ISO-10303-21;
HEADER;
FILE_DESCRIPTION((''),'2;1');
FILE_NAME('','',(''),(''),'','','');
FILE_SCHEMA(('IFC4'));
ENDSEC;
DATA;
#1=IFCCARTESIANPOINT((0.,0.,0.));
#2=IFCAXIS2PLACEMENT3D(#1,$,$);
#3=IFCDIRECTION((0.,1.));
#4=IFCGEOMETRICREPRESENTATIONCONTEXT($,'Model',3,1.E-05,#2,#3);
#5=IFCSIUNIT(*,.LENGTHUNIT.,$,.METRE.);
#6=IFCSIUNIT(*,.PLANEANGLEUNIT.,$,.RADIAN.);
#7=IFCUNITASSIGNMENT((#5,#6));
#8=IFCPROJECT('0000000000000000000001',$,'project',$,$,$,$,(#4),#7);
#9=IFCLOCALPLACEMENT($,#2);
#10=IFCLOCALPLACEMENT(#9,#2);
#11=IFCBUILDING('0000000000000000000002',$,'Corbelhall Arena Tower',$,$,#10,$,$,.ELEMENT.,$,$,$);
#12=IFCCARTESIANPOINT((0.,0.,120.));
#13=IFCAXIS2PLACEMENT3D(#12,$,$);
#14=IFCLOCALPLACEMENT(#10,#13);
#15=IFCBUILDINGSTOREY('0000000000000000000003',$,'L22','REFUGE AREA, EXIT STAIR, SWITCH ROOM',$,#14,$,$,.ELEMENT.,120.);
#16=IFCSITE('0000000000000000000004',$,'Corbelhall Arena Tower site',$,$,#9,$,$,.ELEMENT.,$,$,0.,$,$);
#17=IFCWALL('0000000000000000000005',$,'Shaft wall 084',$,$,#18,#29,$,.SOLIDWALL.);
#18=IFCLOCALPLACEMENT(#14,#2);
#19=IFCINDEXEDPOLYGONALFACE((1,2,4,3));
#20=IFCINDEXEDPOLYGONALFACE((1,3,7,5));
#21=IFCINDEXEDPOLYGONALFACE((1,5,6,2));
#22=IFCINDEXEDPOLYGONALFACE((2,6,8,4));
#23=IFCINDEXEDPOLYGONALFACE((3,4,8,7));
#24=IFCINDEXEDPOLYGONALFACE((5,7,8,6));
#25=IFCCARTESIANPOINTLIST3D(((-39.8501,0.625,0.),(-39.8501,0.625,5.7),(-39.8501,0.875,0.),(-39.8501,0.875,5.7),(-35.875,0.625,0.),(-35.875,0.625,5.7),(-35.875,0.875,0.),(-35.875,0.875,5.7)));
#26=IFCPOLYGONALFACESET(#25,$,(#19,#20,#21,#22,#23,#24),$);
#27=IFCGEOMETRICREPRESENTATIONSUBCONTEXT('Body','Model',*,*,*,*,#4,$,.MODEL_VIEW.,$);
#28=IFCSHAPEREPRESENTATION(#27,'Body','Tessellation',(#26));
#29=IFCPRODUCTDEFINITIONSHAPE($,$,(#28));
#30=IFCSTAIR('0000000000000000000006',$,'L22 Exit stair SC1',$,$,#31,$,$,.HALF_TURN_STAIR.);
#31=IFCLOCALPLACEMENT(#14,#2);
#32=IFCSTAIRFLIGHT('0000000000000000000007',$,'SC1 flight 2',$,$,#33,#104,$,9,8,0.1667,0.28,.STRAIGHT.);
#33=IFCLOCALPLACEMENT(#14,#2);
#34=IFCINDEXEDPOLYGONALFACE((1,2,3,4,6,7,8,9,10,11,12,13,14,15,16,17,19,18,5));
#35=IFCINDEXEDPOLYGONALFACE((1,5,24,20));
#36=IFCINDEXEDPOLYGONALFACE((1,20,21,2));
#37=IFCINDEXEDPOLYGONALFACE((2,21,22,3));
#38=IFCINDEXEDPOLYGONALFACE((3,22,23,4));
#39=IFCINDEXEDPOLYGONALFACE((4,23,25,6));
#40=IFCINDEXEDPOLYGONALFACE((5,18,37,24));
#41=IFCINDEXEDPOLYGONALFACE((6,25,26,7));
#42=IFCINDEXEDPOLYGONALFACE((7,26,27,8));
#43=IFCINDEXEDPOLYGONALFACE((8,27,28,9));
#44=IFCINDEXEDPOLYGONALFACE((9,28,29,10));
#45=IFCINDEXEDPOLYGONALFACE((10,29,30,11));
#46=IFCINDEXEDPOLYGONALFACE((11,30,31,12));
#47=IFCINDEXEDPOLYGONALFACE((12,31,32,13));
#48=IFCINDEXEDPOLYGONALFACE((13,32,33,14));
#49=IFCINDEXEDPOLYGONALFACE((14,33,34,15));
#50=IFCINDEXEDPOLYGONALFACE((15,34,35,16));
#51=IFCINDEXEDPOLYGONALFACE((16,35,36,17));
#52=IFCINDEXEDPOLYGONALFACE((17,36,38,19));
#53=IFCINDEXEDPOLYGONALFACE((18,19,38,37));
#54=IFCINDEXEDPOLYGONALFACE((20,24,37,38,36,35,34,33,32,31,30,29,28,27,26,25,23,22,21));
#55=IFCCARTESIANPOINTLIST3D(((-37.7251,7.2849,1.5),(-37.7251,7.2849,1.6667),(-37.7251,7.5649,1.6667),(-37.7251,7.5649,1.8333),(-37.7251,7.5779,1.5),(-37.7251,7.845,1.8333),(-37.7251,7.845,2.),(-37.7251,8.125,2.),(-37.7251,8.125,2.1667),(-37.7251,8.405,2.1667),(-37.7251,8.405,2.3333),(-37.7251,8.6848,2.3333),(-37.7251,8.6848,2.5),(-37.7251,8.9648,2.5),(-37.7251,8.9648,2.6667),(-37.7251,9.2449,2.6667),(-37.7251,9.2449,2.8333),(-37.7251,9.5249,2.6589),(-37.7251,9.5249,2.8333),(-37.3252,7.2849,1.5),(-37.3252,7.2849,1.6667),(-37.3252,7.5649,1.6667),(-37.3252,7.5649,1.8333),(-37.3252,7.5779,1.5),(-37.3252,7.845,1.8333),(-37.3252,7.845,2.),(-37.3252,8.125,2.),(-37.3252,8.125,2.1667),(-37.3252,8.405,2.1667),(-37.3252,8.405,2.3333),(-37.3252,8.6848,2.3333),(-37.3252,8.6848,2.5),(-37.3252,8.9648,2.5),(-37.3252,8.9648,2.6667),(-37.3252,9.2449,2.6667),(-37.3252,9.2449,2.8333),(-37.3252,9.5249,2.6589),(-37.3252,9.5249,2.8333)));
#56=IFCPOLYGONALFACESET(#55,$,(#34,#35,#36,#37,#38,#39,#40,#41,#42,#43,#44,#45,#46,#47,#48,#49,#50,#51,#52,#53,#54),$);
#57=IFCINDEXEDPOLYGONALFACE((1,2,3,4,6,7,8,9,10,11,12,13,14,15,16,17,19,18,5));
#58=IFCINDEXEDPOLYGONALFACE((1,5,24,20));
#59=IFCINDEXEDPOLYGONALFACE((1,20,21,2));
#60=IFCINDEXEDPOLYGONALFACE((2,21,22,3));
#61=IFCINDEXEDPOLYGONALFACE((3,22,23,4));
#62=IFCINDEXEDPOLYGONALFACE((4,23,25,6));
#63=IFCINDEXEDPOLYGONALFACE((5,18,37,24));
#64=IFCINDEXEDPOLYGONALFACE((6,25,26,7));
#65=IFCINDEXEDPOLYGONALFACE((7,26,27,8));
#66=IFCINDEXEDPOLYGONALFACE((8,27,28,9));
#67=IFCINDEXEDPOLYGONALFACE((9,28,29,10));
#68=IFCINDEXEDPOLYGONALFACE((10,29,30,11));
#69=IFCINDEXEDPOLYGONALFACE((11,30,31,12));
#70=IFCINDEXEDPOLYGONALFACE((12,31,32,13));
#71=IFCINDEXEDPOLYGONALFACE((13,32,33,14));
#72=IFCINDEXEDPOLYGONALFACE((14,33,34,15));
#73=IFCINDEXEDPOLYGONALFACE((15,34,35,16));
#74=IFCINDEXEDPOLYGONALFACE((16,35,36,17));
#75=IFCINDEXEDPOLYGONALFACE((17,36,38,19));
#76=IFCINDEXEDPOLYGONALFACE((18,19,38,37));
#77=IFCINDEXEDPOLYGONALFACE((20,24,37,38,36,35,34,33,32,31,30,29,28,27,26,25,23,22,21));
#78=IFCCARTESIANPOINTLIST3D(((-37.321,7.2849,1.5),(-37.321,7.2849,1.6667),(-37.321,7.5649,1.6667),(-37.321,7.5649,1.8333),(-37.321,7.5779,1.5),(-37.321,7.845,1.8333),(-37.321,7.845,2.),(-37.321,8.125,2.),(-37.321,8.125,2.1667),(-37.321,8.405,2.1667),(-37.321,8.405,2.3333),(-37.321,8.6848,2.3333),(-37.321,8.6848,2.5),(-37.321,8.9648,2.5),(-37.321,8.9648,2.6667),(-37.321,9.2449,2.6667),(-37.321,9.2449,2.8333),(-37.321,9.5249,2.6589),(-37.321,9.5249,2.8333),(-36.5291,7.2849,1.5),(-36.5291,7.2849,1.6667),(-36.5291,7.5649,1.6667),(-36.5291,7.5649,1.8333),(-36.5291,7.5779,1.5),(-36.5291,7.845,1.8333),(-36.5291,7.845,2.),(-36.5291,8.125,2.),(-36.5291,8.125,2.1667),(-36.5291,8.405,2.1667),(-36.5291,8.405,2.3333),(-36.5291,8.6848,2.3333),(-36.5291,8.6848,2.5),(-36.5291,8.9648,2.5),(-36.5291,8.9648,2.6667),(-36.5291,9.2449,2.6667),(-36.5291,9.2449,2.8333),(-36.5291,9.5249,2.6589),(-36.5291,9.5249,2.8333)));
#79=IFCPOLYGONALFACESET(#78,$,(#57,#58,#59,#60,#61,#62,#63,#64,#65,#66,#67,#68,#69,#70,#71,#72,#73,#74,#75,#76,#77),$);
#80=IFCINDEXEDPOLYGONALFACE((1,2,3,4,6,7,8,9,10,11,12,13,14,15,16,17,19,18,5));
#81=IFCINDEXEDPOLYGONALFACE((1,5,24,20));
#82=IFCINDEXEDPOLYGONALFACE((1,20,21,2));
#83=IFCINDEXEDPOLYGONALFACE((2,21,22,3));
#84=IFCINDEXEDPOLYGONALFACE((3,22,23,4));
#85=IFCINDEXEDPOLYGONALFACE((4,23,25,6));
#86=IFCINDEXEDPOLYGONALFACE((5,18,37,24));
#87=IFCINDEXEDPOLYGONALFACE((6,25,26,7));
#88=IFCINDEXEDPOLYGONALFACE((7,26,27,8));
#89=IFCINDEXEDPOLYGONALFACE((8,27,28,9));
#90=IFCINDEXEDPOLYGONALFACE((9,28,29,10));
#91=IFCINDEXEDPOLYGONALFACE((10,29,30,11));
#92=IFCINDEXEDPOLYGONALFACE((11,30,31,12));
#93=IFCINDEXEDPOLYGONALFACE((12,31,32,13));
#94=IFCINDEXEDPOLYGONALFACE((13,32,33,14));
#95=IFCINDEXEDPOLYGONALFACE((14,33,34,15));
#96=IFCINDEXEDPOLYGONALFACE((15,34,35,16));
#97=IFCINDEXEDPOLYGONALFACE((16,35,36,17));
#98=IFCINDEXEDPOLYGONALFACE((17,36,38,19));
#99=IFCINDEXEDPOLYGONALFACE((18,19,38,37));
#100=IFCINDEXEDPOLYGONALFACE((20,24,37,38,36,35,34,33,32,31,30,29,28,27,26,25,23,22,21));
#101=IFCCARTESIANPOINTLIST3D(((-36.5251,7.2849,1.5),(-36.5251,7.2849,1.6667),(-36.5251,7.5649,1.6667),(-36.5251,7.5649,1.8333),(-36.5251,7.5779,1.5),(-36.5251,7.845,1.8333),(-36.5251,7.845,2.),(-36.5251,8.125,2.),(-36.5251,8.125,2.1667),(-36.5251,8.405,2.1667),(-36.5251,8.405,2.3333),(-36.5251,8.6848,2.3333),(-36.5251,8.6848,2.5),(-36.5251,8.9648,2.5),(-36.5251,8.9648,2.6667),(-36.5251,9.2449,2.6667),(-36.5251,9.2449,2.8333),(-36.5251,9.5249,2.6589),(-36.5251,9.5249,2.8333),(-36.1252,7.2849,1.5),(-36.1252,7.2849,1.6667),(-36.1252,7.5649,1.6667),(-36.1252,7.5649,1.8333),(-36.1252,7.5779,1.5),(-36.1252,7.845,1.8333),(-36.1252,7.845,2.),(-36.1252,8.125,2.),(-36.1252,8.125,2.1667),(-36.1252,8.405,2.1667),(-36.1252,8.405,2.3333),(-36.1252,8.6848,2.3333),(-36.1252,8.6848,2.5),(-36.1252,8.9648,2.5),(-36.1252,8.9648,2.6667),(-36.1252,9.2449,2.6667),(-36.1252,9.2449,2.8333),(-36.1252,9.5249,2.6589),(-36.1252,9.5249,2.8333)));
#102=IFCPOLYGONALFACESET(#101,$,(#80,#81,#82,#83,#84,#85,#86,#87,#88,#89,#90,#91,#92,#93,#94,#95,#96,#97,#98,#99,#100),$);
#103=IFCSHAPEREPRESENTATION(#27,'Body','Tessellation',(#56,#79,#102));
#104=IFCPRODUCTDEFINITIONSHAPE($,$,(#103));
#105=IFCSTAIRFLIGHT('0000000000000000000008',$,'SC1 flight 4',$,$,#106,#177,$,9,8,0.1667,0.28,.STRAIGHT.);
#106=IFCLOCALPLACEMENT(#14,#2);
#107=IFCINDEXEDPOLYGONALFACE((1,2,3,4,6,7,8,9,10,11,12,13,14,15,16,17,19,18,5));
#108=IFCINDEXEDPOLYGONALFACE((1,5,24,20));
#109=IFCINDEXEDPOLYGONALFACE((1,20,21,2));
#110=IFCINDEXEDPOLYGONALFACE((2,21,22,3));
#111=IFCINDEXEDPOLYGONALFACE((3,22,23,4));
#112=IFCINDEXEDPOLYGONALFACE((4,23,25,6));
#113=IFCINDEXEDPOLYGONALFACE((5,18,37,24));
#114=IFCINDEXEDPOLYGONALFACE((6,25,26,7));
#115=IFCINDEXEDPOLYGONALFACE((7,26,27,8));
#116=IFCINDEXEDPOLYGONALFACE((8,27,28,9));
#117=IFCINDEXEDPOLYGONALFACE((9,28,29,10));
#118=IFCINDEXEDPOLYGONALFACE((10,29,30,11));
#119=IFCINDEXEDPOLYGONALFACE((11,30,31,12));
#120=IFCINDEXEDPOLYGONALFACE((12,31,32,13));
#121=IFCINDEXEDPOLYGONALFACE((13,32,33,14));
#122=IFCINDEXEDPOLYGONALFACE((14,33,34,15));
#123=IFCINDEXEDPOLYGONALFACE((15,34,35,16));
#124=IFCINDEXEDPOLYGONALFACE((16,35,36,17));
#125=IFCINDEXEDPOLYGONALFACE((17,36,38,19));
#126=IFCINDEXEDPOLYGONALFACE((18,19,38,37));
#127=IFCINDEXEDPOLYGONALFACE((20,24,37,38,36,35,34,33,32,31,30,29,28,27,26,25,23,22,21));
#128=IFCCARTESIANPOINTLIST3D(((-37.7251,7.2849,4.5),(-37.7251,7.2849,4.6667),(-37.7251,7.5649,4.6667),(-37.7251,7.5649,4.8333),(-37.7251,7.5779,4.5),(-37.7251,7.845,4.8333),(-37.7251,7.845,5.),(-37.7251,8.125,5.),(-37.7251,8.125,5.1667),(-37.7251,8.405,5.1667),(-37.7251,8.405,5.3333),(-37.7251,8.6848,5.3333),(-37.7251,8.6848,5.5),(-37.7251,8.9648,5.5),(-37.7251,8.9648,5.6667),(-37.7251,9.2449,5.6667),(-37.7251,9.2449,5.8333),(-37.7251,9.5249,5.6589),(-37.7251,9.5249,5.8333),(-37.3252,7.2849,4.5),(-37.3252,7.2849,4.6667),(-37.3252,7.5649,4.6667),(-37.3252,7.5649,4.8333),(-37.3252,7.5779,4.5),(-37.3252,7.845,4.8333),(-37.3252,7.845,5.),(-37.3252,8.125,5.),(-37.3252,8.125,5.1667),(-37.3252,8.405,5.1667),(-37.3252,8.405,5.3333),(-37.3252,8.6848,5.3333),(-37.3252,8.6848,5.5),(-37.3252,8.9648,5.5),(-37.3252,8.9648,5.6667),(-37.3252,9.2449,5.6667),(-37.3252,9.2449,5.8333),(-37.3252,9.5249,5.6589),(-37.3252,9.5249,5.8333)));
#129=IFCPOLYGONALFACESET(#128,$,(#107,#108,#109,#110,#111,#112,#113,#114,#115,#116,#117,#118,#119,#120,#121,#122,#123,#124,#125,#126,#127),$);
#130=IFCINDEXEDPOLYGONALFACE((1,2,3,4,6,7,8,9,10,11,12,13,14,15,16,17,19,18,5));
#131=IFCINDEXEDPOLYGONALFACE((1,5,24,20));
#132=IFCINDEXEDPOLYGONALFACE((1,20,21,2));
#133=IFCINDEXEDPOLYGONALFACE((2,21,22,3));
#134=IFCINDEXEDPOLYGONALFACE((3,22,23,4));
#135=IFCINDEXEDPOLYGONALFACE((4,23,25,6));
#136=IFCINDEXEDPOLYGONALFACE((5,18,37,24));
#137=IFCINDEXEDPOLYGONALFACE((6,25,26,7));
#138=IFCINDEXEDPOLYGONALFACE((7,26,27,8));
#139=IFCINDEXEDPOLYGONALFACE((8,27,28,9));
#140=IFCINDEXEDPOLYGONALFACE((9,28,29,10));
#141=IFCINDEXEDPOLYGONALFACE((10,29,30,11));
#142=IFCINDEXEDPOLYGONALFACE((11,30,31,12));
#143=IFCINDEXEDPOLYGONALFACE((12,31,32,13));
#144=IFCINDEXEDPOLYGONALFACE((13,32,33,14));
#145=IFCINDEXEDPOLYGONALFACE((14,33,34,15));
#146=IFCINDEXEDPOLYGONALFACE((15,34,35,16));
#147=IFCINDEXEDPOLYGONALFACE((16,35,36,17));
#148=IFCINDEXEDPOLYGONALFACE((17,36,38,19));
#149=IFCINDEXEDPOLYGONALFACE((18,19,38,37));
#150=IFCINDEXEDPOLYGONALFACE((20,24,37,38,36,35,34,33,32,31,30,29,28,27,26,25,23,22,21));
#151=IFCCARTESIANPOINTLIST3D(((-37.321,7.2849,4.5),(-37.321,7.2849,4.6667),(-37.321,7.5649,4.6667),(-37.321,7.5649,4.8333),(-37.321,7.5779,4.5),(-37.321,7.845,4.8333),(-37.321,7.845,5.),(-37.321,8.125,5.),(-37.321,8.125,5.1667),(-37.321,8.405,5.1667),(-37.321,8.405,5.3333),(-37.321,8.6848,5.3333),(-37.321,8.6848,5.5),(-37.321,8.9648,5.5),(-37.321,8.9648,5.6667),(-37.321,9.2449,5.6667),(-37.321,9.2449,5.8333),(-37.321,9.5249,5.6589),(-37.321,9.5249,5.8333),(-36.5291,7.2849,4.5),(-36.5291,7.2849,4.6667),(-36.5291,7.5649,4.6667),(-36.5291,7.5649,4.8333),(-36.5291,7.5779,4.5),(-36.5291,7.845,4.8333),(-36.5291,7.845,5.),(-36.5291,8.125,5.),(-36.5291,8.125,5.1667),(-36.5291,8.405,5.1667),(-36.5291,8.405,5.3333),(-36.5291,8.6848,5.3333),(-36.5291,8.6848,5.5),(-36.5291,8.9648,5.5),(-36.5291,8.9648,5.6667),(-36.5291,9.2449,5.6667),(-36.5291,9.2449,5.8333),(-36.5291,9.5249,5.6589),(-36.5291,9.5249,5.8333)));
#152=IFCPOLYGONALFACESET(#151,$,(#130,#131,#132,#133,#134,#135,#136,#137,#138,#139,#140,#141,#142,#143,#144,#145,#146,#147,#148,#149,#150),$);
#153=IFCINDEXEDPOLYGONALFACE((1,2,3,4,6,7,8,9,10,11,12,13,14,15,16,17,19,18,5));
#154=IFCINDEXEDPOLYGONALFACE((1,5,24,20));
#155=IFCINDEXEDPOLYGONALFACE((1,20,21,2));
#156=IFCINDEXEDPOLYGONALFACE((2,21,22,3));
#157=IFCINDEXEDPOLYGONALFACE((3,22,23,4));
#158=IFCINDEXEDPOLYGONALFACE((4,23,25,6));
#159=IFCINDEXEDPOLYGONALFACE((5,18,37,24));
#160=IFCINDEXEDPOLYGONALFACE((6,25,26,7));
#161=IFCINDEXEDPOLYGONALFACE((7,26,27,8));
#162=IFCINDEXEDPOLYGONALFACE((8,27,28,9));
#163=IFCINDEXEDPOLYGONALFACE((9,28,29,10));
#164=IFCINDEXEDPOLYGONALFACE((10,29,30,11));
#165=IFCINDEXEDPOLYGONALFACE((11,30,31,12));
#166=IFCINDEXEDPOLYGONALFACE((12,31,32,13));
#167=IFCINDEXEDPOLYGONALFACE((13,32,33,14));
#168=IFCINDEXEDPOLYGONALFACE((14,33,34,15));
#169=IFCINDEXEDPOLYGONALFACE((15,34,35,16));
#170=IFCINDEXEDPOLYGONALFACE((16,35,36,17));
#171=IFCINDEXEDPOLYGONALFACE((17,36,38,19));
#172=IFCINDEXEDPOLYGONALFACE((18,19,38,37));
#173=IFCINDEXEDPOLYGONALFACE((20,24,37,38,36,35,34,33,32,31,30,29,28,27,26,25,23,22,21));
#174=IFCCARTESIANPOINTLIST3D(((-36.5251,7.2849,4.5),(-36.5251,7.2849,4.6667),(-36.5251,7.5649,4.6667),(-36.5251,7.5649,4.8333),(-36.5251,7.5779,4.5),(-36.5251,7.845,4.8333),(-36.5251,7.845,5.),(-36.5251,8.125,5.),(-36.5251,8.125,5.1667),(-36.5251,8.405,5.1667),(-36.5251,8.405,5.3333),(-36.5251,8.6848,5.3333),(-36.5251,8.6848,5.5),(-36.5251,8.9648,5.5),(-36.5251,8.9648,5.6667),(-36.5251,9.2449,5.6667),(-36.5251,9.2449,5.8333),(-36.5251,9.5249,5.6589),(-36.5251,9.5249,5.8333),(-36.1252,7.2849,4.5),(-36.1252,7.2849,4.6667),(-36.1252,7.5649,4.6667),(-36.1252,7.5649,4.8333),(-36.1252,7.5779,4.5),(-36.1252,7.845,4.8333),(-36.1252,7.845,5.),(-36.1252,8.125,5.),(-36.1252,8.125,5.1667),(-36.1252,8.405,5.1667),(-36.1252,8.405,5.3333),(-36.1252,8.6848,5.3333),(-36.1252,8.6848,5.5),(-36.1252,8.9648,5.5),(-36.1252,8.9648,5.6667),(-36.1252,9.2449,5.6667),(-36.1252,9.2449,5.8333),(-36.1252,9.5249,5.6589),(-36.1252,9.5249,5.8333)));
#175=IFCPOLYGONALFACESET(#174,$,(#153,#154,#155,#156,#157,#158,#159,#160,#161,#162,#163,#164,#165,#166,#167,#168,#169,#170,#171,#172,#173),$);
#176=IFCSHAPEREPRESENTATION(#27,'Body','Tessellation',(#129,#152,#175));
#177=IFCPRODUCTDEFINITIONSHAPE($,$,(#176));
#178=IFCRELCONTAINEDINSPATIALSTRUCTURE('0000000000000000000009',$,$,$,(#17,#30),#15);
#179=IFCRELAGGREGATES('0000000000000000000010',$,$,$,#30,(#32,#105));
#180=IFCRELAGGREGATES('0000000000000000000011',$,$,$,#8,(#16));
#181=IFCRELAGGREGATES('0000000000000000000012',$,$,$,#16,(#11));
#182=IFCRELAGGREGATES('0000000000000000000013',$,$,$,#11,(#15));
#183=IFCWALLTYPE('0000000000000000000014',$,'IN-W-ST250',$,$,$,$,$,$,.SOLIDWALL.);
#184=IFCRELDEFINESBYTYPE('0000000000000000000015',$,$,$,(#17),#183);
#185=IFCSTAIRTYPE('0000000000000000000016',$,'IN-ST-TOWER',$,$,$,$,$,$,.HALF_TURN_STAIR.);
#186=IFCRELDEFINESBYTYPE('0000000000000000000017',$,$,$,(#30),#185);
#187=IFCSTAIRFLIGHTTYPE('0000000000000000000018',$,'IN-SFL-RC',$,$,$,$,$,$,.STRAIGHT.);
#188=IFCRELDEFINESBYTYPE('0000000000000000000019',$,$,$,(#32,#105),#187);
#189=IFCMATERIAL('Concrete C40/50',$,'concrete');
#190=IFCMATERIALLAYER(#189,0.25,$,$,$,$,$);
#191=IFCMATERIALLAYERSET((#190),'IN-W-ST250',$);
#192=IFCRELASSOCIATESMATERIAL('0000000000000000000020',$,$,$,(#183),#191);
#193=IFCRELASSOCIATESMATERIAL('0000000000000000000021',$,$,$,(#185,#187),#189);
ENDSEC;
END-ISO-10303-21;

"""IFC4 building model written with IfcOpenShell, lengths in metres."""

from ifc_helpers import new_model, si_unit, direction, frame, frame_2d, origin, place, context, subcontext, project, spatial, polyline, rectangle, outline, extrude, material, layer, layer_set, type_object, element, aggregate, save


model = new_model("IFC4")

# Units and contexts
model_context = context("Model", 3, precision=1e-05, world=origin(), true_north=direction((0.0, 1.0)))
body_context = subcontext(model_context, "Body", "Model", "MODEL_VIEW")
ifc_project = project(units=[si_unit("LENGTHUNIT", "METRE"), si_unit("PLANEANGLEUNIT", "RADIAN")], contexts=[model_context])

# Site, building, storey
site_placement = place(None, origin())
site = spatial("IfcSite", under=ifc_project, at=site_placement, Name="Corbelhall Arena Tower site", CompositionType="ELEMENT", RefElevation=0.0)
building_placement = place(site_placement, origin())
building = spatial("IfcBuilding", under=site, at=building_placement, Name="Corbelhall Arena Tower", CompositionType="ELEMENT")
storey_placement = place(building_placement, frame((0.0, 0.0, 120.0)))
storey = spatial("IfcBuildingStorey", under=building, at=storey_placement, Name="L22", Description="REFUGE AREA, EXIT STAIR, SWITCH ROOM", CompositionType="ELEMENT", Elevation=120.0)

# Shared definitions
ifc_material_1 = material(Name="Concrete C40/50", Category="concrete")
ifc_layer_1 = layer(ifc_material_1, 0.25)
ifc_layer_set_1 = layer_set([ifc_layer_1], Name="IN-W-ST250")
wall_type_1 = type_object("IfcWallType", Name="IN-W-ST250", PredefinedType="SOLIDWALL", material=ifc_layer_set_1)

# Wall
wall_1_placement = place(storey_placement, frame((-35.875, 0.75, 0.0), z_axis=(0.0, 0.0, 1.0), x_axis=(-1.0, 0.0, 0.0)))
element("IfcWall", 1, at=wall_1_placement, inside=storey, type_object=wall_type_1, Name="Shaft wall 084", PredefinedType="SOLIDWALL", context=body_context, shape_type="SweptSolid", body=[
    extrude(rectangle(XDim=3.9751, YDim=0.25, at=frame_2d((1.9875, 0.0))), origin(), (0.0, 0.0, 1.0), 5.7),
])

# Stair, stair flights
stair_type = type_object("IfcStairType", Name="IN-ST-TOWER", PredefinedType="HALF_TURN_STAIR", material=ifc_material_1)
stair_placement = place(storey_placement, origin())
stair = element("IfcStair", 2, at=stair_placement, inside=storey, type_object=stair_type, Name="L22 Exit stair SC1", PredefinedType="HALF_TURN_STAIR")
stair_flight_type = type_object("IfcStairFlightType", Name="IN-SFL-RC", PredefinedType="STRAIGHT", material=ifc_material_1)
stair_flight_1_placement = place(storey_placement, frame((-36.925, 7.2849, 1.5), z_axis=(0.0, 0.0, 1.0), x_axis=(0.0, 1.0, 0.0)))
stair_flight_1 = element("IfcStairFlight", 3, at=stair_flight_1_placement, type_object=stair_flight_type, Name="SC1 flight 2", NumberOfRisers=9, NumberOfTreads=8, PredefinedType="STRAIGHT", RiserHeight=0.1667, TreadLength=0.28, context=body_context, shape_type="SweptSolid", body=[
    extrude(outline(polyline([(0.0, 0.0), (0.0, 0.1667), (0.28, 0.1667), (0.28, 0.3333), (0.5601, 0.3333), (0.5601, 0.5), (0.8401, 0.5), (0.8401, 0.6667), (1.1201, 0.6667), (1.1201, 0.8333), (1.3999, 0.8333), (1.3999, 1.0), (1.6799, 1.0), (1.6799, 1.1667), (1.96, 1.1667), (1.96, 1.3333), (2.24, 1.3333), (2.24, 1.5), (2.24, 1.1589), (0.293, 0.0), (0.0, 0.0)])), frame((0.0, 0.8, 0.0), z_axis=(0.0, -1.0, 0.0), x_axis=(1.0, 0.0, 0.0)), (0.0, 0.0, 1.0), 0.3999),
    extrude(outline(polyline([(0.0, 0.0), (0.0, 0.1667), (0.28, 0.1667), (0.28, 0.3333), (0.5601, 0.3333), (0.5601, 0.5), (0.8401, 0.5), (0.8401, 0.6667), (1.1201, 0.6667), (1.1201, 0.8333), (1.3999, 0.8333), (1.3999, 1.0), (1.6799, 1.0), (1.6799, 1.1667), (1.96, 1.1667), (1.96, 1.3333), (2.24, 1.3333), (2.24, 1.5), (2.24, 1.1589), (0.293, 0.0), (0.0, 0.0)])), frame((0.0, 0.396, 0.0), z_axis=(0.0, -1.0, 0.0), x_axis=(1.0, 0.0, 0.0)), (0.0, 0.0, 1.0), 0.792),
    extrude(outline(polyline([(0.0, 0.0), (0.0, 0.1667), (0.28, 0.1667), (0.28, 0.3333), (0.5601, 0.3333), (0.5601, 0.5), (0.8401, 0.5), (0.8401, 0.6667), (1.1201, 0.6667), (1.1201, 0.8333), (1.3999, 0.8333), (1.3999, 1.0), (1.6799, 1.0), (1.6799, 1.1667), (1.96, 1.1667), (1.96, 1.3333), (2.24, 1.3333), (2.24, 1.5), (2.24, 1.1589), (0.293, 0.0), (0.0, 0.0)])), frame((0.0, -0.3999, 0.0), z_axis=(0.0, -1.0, 0.0), x_axis=(1.0, 0.0, 0.0)), (0.0, 0.0, 1.0), 0.3999),
])
stair_flight_2_placement = place(storey_placement, frame((-36.925, 7.2849, 4.5), z_axis=(0.0, 0.0, 1.0), x_axis=(0.0, 1.0, 0.0)))
stair_flight_2 = element("IfcStairFlight", 4, at=stair_flight_2_placement, type_object=stair_flight_type, Name="SC1 flight 4", NumberOfRisers=9, NumberOfTreads=8, PredefinedType="STRAIGHT", RiserHeight=0.1667, TreadLength=0.28, context=body_context, shape_type="SweptSolid", body=[
    extrude(outline(polyline([(0.0, 0.0), (0.0, 0.1667), (0.28, 0.1667), (0.28, 0.3333), (0.5601, 0.3333), (0.5601, 0.5), (0.8401, 0.5), (0.8401, 0.6667), (1.1201, 0.6667), (1.1201, 0.8333), (1.3999, 0.8333), (1.3999, 1.0), (1.6799, 1.0), (1.6799, 1.1667), (1.96, 1.1667), (1.96, 1.3333), (2.24, 1.3333), (2.24, 1.5), (2.24, 1.1589), (0.293, 0.0), (0.0, 0.0)])), frame((0.0, 0.8, 0.0), z_axis=(0.0, -1.0, 0.0), x_axis=(1.0, 0.0, 0.0)), (0.0, 0.0, 1.0), 0.3999),
    extrude(outline(polyline([(0.0, 0.0), (0.0, 0.1667), (0.28, 0.1667), (0.28, 0.3333), (0.5601, 0.3333), (0.5601, 0.5), (0.8401, 0.5), (0.8401, 0.6667), (1.1201, 0.6667), (1.1201, 0.8333), (1.3999, 0.8333), (1.3999, 1.0), (1.6799, 1.0), (1.6799, 1.1667), (1.96, 1.1667), (1.96, 1.3333), (2.24, 1.3333), (2.24, 1.5), (2.24, 1.1589), (0.293, 0.0), (0.0, 0.0)])), frame((0.0, 0.396, 0.0), z_axis=(0.0, -1.0, 0.0), x_axis=(1.0, 0.0, 0.0)), (0.0, 0.0, 1.0), 0.792),
    extrude(outline(polyline([(0.0, 0.0), (0.0, 0.1667), (0.28, 0.1667), (0.28, 0.3333), (0.5601, 0.3333), (0.5601, 0.5), (0.8401, 0.5), (0.8401, 0.6667), (1.1201, 0.6667), (1.1201, 0.8333), (1.3999, 0.8333), (1.3999, 1.0), (1.6799, 1.0), (1.6799, 1.1667), (1.96, 1.1667), (1.96, 1.3333), (2.24, 1.3333), (2.24, 1.5), (2.24, 1.1589), (0.293, 0.0), (0.0, 0.0)])), frame((0.0, -0.3999, 0.0), z_axis=(0.0, -1.0, 0.0), x_axis=(1.0, 0.0, 0.0)), (0.0, 0.0, 1.0), 0.3999),
])
aggregate(stair, [stair_flight_1, stair_flight_2])

save(model, "model.ifc")
